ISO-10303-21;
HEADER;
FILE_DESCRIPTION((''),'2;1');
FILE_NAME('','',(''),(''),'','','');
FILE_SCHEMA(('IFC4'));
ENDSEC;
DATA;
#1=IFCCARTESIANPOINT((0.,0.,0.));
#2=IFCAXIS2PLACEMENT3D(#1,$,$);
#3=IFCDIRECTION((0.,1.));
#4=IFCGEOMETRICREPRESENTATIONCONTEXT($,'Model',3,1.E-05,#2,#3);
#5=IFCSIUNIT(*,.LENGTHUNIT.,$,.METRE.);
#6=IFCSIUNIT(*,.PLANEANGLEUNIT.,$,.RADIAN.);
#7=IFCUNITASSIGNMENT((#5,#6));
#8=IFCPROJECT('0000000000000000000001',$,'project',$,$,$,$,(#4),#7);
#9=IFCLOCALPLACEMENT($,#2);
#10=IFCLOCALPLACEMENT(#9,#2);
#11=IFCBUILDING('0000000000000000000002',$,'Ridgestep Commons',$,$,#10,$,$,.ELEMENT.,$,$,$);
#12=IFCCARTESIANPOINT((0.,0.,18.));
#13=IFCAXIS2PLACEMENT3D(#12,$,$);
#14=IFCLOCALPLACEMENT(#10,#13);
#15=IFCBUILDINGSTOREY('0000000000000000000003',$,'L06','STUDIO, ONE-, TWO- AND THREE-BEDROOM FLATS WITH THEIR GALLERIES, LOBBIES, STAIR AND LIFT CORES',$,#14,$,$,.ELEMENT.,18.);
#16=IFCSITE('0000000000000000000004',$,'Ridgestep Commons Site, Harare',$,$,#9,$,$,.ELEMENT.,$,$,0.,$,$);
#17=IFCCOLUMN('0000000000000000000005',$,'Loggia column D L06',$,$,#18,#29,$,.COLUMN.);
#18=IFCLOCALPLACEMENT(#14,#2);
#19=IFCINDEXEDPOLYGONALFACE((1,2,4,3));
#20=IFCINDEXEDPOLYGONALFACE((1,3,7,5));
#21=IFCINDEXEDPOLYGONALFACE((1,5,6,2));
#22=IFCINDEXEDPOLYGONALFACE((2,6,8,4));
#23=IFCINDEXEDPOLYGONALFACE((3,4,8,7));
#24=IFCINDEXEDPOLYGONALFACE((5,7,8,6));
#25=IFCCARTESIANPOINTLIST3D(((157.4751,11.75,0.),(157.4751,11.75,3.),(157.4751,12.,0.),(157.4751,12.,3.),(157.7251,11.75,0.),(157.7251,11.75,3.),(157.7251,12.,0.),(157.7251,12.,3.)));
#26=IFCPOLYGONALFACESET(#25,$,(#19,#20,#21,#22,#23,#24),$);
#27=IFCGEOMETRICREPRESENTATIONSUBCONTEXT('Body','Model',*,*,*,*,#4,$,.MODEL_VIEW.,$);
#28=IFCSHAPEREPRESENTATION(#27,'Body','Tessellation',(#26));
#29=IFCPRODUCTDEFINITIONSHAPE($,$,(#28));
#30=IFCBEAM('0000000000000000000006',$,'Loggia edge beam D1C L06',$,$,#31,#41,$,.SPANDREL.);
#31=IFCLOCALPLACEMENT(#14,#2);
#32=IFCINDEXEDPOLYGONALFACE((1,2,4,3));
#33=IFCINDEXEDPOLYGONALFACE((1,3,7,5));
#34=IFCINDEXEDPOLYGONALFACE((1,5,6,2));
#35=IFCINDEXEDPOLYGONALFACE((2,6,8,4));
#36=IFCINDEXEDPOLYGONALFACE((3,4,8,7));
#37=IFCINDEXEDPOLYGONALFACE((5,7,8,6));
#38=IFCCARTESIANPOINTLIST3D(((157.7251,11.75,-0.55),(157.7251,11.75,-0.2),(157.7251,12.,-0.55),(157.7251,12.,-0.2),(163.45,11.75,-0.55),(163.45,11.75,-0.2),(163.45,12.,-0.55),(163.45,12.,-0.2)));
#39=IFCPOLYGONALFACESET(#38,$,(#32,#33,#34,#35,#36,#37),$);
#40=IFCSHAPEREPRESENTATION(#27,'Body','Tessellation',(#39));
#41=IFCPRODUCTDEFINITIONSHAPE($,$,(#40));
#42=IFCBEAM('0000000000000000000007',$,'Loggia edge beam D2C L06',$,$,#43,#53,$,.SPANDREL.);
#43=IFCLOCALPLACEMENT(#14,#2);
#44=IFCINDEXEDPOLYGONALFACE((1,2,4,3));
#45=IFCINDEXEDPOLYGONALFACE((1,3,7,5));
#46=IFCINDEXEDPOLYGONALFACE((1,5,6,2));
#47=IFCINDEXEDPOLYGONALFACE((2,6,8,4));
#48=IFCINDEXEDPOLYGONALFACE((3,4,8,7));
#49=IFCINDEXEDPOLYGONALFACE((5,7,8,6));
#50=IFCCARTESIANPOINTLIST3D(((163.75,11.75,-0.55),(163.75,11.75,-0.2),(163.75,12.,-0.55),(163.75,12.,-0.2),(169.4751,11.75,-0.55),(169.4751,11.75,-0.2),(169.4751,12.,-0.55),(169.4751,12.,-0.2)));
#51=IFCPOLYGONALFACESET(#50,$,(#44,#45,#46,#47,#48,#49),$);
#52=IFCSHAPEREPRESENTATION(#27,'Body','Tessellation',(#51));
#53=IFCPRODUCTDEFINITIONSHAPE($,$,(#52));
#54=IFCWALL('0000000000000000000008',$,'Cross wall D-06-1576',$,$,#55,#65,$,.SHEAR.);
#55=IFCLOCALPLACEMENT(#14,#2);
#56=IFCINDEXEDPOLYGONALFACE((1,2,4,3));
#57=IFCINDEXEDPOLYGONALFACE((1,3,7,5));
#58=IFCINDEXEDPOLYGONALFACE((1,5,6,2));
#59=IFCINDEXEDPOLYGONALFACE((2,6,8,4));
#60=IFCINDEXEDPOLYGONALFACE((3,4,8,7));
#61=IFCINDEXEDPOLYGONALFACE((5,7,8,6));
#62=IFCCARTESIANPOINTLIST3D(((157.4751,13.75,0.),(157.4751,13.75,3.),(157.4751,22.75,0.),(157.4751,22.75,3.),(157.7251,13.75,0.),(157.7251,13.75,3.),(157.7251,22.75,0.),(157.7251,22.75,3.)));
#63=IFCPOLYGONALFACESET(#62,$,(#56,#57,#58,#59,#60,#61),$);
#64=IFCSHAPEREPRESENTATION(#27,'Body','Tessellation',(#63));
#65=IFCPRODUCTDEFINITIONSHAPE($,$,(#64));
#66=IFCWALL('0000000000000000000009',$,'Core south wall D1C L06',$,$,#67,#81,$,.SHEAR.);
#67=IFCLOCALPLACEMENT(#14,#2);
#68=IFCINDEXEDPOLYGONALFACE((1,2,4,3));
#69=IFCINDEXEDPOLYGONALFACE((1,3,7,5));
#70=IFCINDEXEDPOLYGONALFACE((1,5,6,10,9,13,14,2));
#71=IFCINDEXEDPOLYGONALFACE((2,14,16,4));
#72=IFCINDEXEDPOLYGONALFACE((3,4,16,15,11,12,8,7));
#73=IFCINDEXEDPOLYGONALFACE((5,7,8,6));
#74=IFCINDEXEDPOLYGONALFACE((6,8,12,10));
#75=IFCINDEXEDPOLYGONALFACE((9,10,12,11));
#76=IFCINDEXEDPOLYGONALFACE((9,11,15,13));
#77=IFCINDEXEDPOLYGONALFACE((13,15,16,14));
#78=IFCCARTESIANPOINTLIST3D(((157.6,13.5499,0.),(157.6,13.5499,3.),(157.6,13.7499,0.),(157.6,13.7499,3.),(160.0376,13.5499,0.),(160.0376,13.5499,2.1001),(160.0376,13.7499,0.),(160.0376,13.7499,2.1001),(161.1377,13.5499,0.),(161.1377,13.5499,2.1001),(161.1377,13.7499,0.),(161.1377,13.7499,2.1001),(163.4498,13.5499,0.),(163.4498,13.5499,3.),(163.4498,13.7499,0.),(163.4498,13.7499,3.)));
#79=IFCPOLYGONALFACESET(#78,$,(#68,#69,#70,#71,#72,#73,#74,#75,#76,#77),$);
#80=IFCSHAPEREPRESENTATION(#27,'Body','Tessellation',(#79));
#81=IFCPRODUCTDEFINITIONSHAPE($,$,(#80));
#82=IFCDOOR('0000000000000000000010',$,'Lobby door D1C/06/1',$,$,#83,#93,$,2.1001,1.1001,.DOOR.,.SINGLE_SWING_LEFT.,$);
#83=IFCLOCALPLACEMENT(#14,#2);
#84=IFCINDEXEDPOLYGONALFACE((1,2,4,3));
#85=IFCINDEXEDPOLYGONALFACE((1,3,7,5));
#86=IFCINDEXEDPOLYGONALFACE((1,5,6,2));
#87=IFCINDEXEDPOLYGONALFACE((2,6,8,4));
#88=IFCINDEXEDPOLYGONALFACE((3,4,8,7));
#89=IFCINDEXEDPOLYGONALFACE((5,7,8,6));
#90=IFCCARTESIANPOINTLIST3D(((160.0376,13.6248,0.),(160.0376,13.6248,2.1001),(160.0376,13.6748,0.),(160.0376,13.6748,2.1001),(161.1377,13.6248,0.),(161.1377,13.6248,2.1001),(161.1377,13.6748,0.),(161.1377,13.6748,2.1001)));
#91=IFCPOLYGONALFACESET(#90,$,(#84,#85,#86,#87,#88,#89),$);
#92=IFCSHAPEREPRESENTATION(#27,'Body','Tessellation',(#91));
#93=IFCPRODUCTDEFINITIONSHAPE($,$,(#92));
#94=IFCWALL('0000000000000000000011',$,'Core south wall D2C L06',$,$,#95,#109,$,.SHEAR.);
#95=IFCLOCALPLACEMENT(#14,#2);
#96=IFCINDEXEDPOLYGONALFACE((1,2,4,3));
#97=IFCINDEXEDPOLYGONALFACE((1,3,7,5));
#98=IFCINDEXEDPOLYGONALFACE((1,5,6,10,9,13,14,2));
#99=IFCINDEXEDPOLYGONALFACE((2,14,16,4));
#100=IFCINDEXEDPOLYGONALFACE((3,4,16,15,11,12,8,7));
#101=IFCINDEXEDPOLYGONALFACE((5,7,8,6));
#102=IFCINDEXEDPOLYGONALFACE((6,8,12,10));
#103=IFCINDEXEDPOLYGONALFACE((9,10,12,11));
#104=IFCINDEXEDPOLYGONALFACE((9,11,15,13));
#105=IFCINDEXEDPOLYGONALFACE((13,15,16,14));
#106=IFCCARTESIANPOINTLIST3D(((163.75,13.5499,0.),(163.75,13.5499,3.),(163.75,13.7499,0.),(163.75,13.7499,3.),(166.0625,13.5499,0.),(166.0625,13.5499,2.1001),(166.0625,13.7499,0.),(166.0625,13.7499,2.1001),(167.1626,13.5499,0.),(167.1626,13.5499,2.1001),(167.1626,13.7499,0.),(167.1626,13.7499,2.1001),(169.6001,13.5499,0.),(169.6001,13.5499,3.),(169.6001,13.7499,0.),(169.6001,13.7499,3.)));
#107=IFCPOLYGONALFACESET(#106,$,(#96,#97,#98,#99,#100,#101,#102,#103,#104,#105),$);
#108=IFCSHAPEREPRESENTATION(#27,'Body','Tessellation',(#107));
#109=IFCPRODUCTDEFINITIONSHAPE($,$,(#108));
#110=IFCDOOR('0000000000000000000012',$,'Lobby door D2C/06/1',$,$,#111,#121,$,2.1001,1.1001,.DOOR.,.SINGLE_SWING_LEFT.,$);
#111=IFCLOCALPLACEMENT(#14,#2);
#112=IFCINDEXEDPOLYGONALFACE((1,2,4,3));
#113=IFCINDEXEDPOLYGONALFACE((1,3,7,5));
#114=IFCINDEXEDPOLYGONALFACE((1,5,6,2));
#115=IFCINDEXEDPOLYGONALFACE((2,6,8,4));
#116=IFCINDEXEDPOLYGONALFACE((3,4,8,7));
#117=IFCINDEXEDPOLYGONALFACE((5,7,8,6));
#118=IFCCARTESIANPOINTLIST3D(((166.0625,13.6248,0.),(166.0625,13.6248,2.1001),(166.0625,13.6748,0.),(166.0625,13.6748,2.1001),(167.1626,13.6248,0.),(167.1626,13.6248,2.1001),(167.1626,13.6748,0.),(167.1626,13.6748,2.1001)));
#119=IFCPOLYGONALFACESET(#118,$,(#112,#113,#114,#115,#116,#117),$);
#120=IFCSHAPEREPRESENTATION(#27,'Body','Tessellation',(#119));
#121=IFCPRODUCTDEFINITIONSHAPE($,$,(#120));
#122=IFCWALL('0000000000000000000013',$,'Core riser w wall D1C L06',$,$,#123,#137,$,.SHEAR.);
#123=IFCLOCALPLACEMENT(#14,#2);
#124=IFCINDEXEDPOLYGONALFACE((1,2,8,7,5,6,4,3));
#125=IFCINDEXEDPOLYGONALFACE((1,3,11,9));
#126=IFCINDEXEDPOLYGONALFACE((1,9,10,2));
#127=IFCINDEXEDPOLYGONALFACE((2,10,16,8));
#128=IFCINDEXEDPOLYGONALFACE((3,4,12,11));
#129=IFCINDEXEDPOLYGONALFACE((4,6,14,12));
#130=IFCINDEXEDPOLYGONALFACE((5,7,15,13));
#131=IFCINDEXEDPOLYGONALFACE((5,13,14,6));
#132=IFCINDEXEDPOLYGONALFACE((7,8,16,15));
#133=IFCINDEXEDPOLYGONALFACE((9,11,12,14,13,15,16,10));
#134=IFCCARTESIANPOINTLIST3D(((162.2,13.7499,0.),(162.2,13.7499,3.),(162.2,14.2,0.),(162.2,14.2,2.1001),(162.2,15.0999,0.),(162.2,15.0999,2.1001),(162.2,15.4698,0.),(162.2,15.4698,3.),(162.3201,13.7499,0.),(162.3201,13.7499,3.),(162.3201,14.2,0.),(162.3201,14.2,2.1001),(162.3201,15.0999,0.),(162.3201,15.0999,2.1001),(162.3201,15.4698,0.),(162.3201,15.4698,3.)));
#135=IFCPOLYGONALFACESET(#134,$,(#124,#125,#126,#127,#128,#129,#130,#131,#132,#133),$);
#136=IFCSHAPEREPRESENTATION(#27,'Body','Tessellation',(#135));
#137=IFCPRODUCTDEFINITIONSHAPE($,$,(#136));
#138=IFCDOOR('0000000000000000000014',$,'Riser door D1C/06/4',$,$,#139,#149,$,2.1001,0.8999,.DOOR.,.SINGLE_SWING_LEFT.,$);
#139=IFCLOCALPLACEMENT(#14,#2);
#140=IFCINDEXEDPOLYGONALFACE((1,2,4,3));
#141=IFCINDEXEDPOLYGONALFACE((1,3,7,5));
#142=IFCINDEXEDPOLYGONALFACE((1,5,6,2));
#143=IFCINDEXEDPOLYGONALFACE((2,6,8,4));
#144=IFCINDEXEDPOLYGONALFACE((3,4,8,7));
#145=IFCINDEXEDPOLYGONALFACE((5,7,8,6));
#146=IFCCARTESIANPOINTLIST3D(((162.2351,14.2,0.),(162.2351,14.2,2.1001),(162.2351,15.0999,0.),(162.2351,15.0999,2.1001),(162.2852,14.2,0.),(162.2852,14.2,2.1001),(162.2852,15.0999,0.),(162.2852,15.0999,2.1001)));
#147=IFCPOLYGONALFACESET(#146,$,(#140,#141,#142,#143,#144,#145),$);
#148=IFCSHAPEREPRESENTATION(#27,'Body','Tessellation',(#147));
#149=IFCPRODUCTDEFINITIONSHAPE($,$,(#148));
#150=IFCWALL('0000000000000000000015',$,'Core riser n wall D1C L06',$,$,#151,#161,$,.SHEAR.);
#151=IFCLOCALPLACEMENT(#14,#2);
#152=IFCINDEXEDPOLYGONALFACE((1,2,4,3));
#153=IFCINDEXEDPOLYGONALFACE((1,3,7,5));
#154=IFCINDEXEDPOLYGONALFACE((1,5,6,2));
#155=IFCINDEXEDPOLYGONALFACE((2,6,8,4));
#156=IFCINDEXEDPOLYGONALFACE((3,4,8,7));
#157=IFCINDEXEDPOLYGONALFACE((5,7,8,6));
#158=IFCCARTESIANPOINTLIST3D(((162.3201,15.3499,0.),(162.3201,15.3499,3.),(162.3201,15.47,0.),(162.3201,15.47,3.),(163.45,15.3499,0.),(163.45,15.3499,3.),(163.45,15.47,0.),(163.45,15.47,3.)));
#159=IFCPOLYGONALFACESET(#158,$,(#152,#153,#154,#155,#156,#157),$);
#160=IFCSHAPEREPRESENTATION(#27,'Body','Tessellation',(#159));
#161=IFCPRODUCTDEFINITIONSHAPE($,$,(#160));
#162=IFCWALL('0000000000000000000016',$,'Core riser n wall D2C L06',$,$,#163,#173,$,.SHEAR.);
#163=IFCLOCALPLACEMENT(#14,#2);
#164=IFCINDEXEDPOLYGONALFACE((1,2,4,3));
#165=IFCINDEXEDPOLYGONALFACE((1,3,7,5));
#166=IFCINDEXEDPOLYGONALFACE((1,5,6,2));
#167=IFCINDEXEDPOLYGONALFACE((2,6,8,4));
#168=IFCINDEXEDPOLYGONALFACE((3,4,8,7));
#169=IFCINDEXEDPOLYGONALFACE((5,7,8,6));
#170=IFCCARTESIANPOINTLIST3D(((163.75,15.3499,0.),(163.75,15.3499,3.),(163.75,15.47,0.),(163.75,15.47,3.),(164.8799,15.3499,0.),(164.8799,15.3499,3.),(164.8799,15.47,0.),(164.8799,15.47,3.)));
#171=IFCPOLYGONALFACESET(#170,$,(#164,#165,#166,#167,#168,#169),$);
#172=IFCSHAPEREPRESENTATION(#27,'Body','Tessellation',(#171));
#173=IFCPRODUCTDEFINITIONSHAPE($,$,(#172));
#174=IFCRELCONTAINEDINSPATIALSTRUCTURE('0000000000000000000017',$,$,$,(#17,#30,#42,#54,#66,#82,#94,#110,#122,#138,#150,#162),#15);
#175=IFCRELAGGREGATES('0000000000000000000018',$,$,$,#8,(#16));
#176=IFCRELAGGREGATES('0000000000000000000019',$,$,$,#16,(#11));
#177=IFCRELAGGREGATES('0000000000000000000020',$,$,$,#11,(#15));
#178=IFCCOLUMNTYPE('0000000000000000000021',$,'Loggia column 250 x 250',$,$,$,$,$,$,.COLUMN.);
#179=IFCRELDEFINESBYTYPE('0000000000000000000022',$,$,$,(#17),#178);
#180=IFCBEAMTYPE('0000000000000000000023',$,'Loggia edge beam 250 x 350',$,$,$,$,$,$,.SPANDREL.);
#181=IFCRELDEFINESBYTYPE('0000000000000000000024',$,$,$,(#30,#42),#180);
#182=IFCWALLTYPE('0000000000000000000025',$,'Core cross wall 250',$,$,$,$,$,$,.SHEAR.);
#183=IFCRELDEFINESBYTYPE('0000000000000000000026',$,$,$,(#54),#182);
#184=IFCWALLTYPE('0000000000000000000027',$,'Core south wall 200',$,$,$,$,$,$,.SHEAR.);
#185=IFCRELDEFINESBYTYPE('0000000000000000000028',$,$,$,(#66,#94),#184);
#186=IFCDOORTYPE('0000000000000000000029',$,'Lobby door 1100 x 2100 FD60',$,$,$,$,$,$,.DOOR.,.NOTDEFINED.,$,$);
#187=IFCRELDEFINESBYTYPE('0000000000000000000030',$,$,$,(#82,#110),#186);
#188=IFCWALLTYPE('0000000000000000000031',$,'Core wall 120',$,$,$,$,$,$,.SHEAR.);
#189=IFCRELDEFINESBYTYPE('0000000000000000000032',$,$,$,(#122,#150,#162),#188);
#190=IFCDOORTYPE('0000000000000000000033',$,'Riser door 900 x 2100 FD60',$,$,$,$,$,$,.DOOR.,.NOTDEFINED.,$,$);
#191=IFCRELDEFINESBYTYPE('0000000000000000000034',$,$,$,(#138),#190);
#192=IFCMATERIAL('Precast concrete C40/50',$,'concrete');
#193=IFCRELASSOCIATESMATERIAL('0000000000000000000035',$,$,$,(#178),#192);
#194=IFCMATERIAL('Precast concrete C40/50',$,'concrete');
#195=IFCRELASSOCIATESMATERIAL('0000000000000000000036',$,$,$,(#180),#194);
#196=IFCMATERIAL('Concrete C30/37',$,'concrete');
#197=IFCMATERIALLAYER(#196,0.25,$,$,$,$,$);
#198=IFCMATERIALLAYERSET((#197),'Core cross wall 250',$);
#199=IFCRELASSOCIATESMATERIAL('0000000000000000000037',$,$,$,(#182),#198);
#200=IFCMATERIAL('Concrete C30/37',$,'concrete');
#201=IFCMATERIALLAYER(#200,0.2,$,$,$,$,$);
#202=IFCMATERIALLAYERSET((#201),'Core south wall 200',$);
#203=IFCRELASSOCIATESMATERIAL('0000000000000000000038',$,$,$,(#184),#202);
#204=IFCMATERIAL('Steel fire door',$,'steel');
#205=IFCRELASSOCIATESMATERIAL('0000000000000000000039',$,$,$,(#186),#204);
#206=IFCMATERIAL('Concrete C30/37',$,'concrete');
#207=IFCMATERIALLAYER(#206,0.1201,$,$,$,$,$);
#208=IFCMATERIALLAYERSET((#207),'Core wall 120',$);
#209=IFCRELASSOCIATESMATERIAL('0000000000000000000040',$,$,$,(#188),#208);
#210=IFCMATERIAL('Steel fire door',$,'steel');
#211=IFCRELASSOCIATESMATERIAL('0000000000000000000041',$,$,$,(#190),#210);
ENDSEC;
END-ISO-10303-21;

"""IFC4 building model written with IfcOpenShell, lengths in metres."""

from ifc_helpers import new_model, si_unit, direction, frame, frame_2d, origin, origin_2d, place, context, subcontext, project, spatial, rectangle, extrude, material, layer, layer_set, material_profile, profile_set, type_object, element, fill, save


model = new_model("IFC4")

# Units and contexts
model_context = context("Model", 3, precision=1e-05, world=origin(), true_north=direction((0.0, 1.0)))
body_context = subcontext(model_context, "Body", "Model", "MODEL_VIEW")
ifc_project = project(units=[si_unit("LENGTHUNIT", "METRE"), si_unit("PLANEANGLEUNIT", "RADIAN")], contexts=[model_context])

# Site, building, storey
site_placement = place(None, origin())
site = spatial("IfcSite", under=ifc_project, at=site_placement, Name="Ridgestep Commons Site, Harare", CompositionType="ELEMENT", RefElevation=0.0)
building_placement = place(site_placement, origin())
building = spatial("IfcBuilding", under=site, at=building_placement, Name="Ridgestep Commons", CompositionType="ELEMENT")
storey_placement = place(building_placement, frame((0.0, 0.0, 18.0)))
storey = spatial("IfcBuildingStorey", under=building, at=storey_placement, Name="L06", Description="STUDIO, ONE-, TWO- AND THREE-BEDROOM FLATS WITH THEIR GALLERIES, LOBBIES, STAIR AND LIFT CORES", CompositionType="ELEMENT", Elevation=18.0)

# Column
ifc_material_1 = material(Name="Precast concrete C40/50", Category="concrete")
ifc_material_profile_1 = material_profile(ifc_material_1, rectangle(XDim=0.25, YDim=0.25, at=origin_2d()), Name="PC 250x250")
ifc_profile_set_1 = profile_set([ifc_material_profile_1], Name="Precast concrete C40/50")
column_type = type_object("IfcColumnType", Name="Loggia column 250 x 250", PredefinedType="COLUMN", material=ifc_profile_set_1)
column_placement = place(storey_placement, frame((157.6001, 11.875, 0.0), z_axis=(0.0, 0.0, 1.0), x_axis=(1.0, 0.0, 0.0)))
element("IfcColumn", 1, at=column_placement, inside=storey, type_object=column_type, Name="Loggia column D L06", PredefinedType="COLUMN", context=body_context, shape_type="SweptSolid", body=[
    extrude(rectangle(XDim=0.25, YDim=0.25, at=origin_2d()), origin(), (0.0, 0.0, 1.0), 3.0),
])

# Beams
ifc_material_2 = material(Name="Precast concrete C40/50", Category="concrete")
ifc_material_profile_2 = material_profile(ifc_material_2, rectangle(XDim=0.25, YDim=0.3501, at=origin_2d()), Name="PC 250x350")
ifc_profile_set_2 = profile_set([ifc_material_profile_2], Name="Precast concrete C40/50")
beam_type = type_object("IfcBeamType", Name="Loggia edge beam 250 x 350", PredefinedType="SPANDREL", material=ifc_profile_set_2)
beam_1_placement = place(storey_placement, frame((157.7251, 11.875, -0.375), z_axis=(1.0, 0.0, 0.0), x_axis=(0.0, 1.0, 0.0)))
element("IfcBeam", 2, at=beam_1_placement, inside=storey, type_object=beam_type, Name="Loggia edge beam D1C L06", PredefinedType="SPANDREL", context=body_context, shape_type="SweptSolid", body=[
    extrude(rectangle(XDim=0.25, YDim=0.3501, at=origin_2d()), origin(), (0.0, 0.0, 1.0), 5.7249),
])
beam_2_placement = place(storey_placement, frame((163.75, 11.875, -0.375), z_axis=(1.0, 0.0, 0.0), x_axis=(0.0, 1.0, 0.0)))
element("IfcBeam", 3, at=beam_2_placement, inside=storey, type_object=beam_type, Name="Loggia edge beam D2C L06", PredefinedType="SPANDREL", context=body_context, shape_type="SweptSolid", body=[
    extrude(rectangle(XDim=0.25, YDim=0.3501, at=origin_2d()), origin(), (0.0, 0.0, 1.0), 5.7251),
])

# Wall
ifc_material_3 = material(Name="Concrete C30/37", Category="concrete")
ifc_layer_1 = layer(ifc_material_3, 0.25)
ifc_layer_set_1 = layer_set([ifc_layer_1], Name="Core cross wall 250")
wall_type_1 = type_object("IfcWallType", Name="Core cross wall 250", PredefinedType="SHEAR", material=ifc_layer_set_1)
wall_1_placement = place(storey_placement, frame((157.6001, 13.75, 0.0), z_axis=(0.0, 0.0, 1.0), x_axis=(0.0, 1.0, 0.0)))
element("IfcWall", 4, at=wall_1_placement, inside=storey, type_object=wall_type_1, Name="Cross wall D-06-1576", PredefinedType="SHEAR", context=body_context, shape_type="SweptSolid", body=[
    extrude(rectangle(XDim=9.0, YDim=0.25, at=frame_2d((4.5, 0.0))), origin(), (0.0, 0.0, 1.0), 3.0),
])

# Walls, openings, doors
ifc_material_4 = material(Name="Concrete C30/37", Category="concrete")
ifc_layer_2 = layer(ifc_material_4, 0.2)
ifc_layer_set_2 = layer_set([ifc_layer_2], Name="Core south wall 200")
wall_type_2 = type_object("IfcWallType", Name="Core south wall 200", PredefinedType="SHEAR", material=ifc_layer_set_2)
wall_2_placement = place(storey_placement, frame((157.6001, 13.6499, 0.0), z_axis=(0.0, 0.0, 1.0), x_axis=(1.0, 0.0, 0.0)))
wall_2 = element("IfcWall", 5, at=wall_2_placement, inside=storey, type_object=wall_type_2, Name="Core south wall D1C L06", PredefinedType="SHEAR", context=body_context, shape_type="SweptSolid", body=[
    extrude(rectangle(XDim=5.8499, YDim=0.2, at=frame_2d((2.9248, 0.0))), origin(), (0.0, 0.0, 1.0), 3.0),
])
opening_1_placement = place(wall_2_placement, frame((2.4375, 0.0, 0.0)))
opening_1 = element("IfcOpeningElement", 6, at=opening_1_placement, cuts=wall_2, PredefinedType="OPENING", context=body_context, shape_type="SweptSolid", body=[
    extrude(rectangle(XDim=1.1001, YDim=2.1001, at=frame_2d((0.55, 1.05))), frame((0.0, 0.1099, 0.0), z_axis=(0.0, -1.0, 0.0), x_axis=(1.0, 0.0, 0.0)), (0.0, 0.0, 1.0), 0.22),
])
ifc_material_5 = material(Name="Steel fire door", Category="steel")
door_type_1 = type_object("IfcDoorType", Name="Lobby door 1100 x 2100 FD60", OperationType="NOTDEFINED", PredefinedType="DOOR", material=ifc_material_5)
door_1_placement = place(opening_1_placement, origin())
door_1 = element("IfcDoor", 7, at=door_1_placement, inside=storey, type_object=door_type_1, Name="Lobby door D1C/06/1", OperationType="SINGLE_SWING_LEFT", OverallHeight=2.1001, OverallWidth=1.1001, PredefinedType="DOOR", context=body_context, shape_type="SweptSolid", body=[
    extrude(rectangle(XDim=1.1001, YDim=2.1001, at=frame_2d((0.55, 1.05))), frame((0.0, 0.0249, 0.0), z_axis=(0.0, -1.0, 0.0), x_axis=(1.0, 0.0, 0.0)), (0.0, 0.0, 1.0), 0.05),
])
fill(opening_1, door_1)
wall_3_placement = place(storey_placement, frame((163.75, 13.6499, 0.0), z_axis=(0.0, 0.0, 1.0), x_axis=(1.0, 0.0, 0.0)))
wall_3 = element("IfcWall", 8, at=wall_3_placement, inside=storey, type_object=wall_type_2, Name="Core south wall D2C L06", PredefinedType="SHEAR", context=body_context, shape_type="SweptSolid", body=[
    extrude(rectangle(XDim=5.8501, YDim=0.2, at=frame_2d((2.925, 0.0))), origin(), (0.0, 0.0, 1.0), 3.0),
])
opening_2_placement = place(wall_3_placement, frame((2.3125, 0.0, 0.0)))
opening_2 = element("IfcOpeningElement", 9, at=opening_2_placement, cuts=wall_3, PredefinedType="OPENING", context=body_context, shape_type="SweptSolid", body=[
    extrude(rectangle(XDim=1.1001, YDim=2.1001, at=frame_2d((0.55, 1.05))), frame((0.0, 0.1099, 0.0), z_axis=(0.0, -1.0, 0.0), x_axis=(1.0, 0.0, 0.0)), (0.0, 0.0, 1.0), 0.22),
])
door_2_placement = place(opening_2_placement, origin())
door_2 = element("IfcDoor", 10, at=door_2_placement, inside=storey, type_object=door_type_1, Name="Lobby door D2C/06/1", OperationType="SINGLE_SWING_LEFT", OverallHeight=2.1001, OverallWidth=1.1001, PredefinedType="DOOR", context=body_context, shape_type="SweptSolid", body=[
    extrude(rectangle(XDim=1.1001, YDim=2.1001, at=frame_2d((0.55, 1.05))), frame((0.0, 0.0249, 0.0), z_axis=(0.0, -1.0, 0.0), x_axis=(1.0, 0.0, 0.0)), (0.0, 0.0, 1.0), 0.05),
])
fill(opening_2, door_2)
ifc_material_6 = material(Name="Concrete C30/37", Category="concrete")
ifc_layer_3 = layer(ifc_material_6, 0.1201)
ifc_layer_set_3 = layer_set([ifc_layer_3], Name="Core wall 120")
wall_type_3 = type_object("IfcWallType", Name="Core wall 120", PredefinedType="SHEAR", material=ifc_layer_set_3)
wall_4_placement = place(storey_placement, frame((162.26, 13.75, 0.0), z_axis=(0.0, 0.0, 1.0), x_axis=(0.0, 1.0, 0.0)))
wall_4 = element("IfcWall", 11, at=wall_4_placement, inside=storey, type_object=wall_type_3, Name="Core riser w wall D1C L06", PredefinedType="SHEAR", context=body_context, shape_type="SweptSolid", body=[
    extrude(rectangle(XDim=1.72, YDim=0.1201, at=frame_2d((0.8599, 0.0))), origin(), (0.0, 0.0, 1.0), 3.0),
])
opening_3_placement = place(wall_4_placement, frame((0.45, 0.0, 0.0)))
opening_3 = element("IfcOpeningElement", 12, at=opening_3_placement, cuts=wall_4, PredefinedType="OPENING", context=body_context, shape_type="SweptSolid", body=[
    extrude(rectangle(XDim=0.8999, YDim=2.1001, at=frame_2d((0.45, 1.05))), frame((0.0, 0.0701, 0.0), z_axis=(0.0, -1.0, 0.0), x_axis=(1.0, 0.0, 0.0)), (0.0, 0.0, 1.0), 0.1401),
])
ifc_material_7 = material(Name="Steel fire door", Category="steel")
door_type_2 = type_object("IfcDoorType", Name="Riser door 900 x 2100 FD60", OperationType="NOTDEFINED", PredefinedType="DOOR", material=ifc_material_7)
door_3_placement = place(opening_3_placement, origin())
door_3 = element("IfcDoor", 13, at=door_3_placement, inside=storey, type_object=door_type_2, Name="Riser door D1C/06/4", OperationType="SINGLE_SWING_LEFT", OverallHeight=2.1001, OverallWidth=0.8999, PredefinedType="DOOR", context=body_context, shape_type="SweptSolid", body=[
    extrude(rectangle(XDim=0.8999, YDim=2.1001, at=frame_2d((0.45, 1.05))), frame((0.0, 0.0249, 0.0), z_axis=(0.0, -1.0, 0.0), x_axis=(1.0, 0.0, 0.0)), (0.0, 0.0, 1.0), 0.05),
])
fill(opening_3, door_3)

# Walls
for number, where, z_axis, x_axis, name in (
    (14, (162.3201, 15.4099, 0.0), (0.0, 0.0, 1.0), (1.0, 0.0, 0.0), "Core riser n wall D1C L06"),
    (15, (163.75, 15.4099, 0.0), (0.0, 0.0, 1.0), (1.0, 0.0, 0.0), "Core riser n wall D2C L06"),
):
    element("IfcWall", number, at=place(storey_placement, frame(where, z_axis=z_axis, x_axis=x_axis)), inside=storey, type_object=wall_type_3, Name=name, PredefinedType="SHEAR", context=body_context, shape_type="SweptSolid", body=[
        extrude(rectangle(XDim=1.1299, YDim=0.1201, at=frame_2d((0.5649, 0.0))), origin(), (0.0, 0.0, 1.0), 3.0),
    ])

save(model, "model.ifc")
